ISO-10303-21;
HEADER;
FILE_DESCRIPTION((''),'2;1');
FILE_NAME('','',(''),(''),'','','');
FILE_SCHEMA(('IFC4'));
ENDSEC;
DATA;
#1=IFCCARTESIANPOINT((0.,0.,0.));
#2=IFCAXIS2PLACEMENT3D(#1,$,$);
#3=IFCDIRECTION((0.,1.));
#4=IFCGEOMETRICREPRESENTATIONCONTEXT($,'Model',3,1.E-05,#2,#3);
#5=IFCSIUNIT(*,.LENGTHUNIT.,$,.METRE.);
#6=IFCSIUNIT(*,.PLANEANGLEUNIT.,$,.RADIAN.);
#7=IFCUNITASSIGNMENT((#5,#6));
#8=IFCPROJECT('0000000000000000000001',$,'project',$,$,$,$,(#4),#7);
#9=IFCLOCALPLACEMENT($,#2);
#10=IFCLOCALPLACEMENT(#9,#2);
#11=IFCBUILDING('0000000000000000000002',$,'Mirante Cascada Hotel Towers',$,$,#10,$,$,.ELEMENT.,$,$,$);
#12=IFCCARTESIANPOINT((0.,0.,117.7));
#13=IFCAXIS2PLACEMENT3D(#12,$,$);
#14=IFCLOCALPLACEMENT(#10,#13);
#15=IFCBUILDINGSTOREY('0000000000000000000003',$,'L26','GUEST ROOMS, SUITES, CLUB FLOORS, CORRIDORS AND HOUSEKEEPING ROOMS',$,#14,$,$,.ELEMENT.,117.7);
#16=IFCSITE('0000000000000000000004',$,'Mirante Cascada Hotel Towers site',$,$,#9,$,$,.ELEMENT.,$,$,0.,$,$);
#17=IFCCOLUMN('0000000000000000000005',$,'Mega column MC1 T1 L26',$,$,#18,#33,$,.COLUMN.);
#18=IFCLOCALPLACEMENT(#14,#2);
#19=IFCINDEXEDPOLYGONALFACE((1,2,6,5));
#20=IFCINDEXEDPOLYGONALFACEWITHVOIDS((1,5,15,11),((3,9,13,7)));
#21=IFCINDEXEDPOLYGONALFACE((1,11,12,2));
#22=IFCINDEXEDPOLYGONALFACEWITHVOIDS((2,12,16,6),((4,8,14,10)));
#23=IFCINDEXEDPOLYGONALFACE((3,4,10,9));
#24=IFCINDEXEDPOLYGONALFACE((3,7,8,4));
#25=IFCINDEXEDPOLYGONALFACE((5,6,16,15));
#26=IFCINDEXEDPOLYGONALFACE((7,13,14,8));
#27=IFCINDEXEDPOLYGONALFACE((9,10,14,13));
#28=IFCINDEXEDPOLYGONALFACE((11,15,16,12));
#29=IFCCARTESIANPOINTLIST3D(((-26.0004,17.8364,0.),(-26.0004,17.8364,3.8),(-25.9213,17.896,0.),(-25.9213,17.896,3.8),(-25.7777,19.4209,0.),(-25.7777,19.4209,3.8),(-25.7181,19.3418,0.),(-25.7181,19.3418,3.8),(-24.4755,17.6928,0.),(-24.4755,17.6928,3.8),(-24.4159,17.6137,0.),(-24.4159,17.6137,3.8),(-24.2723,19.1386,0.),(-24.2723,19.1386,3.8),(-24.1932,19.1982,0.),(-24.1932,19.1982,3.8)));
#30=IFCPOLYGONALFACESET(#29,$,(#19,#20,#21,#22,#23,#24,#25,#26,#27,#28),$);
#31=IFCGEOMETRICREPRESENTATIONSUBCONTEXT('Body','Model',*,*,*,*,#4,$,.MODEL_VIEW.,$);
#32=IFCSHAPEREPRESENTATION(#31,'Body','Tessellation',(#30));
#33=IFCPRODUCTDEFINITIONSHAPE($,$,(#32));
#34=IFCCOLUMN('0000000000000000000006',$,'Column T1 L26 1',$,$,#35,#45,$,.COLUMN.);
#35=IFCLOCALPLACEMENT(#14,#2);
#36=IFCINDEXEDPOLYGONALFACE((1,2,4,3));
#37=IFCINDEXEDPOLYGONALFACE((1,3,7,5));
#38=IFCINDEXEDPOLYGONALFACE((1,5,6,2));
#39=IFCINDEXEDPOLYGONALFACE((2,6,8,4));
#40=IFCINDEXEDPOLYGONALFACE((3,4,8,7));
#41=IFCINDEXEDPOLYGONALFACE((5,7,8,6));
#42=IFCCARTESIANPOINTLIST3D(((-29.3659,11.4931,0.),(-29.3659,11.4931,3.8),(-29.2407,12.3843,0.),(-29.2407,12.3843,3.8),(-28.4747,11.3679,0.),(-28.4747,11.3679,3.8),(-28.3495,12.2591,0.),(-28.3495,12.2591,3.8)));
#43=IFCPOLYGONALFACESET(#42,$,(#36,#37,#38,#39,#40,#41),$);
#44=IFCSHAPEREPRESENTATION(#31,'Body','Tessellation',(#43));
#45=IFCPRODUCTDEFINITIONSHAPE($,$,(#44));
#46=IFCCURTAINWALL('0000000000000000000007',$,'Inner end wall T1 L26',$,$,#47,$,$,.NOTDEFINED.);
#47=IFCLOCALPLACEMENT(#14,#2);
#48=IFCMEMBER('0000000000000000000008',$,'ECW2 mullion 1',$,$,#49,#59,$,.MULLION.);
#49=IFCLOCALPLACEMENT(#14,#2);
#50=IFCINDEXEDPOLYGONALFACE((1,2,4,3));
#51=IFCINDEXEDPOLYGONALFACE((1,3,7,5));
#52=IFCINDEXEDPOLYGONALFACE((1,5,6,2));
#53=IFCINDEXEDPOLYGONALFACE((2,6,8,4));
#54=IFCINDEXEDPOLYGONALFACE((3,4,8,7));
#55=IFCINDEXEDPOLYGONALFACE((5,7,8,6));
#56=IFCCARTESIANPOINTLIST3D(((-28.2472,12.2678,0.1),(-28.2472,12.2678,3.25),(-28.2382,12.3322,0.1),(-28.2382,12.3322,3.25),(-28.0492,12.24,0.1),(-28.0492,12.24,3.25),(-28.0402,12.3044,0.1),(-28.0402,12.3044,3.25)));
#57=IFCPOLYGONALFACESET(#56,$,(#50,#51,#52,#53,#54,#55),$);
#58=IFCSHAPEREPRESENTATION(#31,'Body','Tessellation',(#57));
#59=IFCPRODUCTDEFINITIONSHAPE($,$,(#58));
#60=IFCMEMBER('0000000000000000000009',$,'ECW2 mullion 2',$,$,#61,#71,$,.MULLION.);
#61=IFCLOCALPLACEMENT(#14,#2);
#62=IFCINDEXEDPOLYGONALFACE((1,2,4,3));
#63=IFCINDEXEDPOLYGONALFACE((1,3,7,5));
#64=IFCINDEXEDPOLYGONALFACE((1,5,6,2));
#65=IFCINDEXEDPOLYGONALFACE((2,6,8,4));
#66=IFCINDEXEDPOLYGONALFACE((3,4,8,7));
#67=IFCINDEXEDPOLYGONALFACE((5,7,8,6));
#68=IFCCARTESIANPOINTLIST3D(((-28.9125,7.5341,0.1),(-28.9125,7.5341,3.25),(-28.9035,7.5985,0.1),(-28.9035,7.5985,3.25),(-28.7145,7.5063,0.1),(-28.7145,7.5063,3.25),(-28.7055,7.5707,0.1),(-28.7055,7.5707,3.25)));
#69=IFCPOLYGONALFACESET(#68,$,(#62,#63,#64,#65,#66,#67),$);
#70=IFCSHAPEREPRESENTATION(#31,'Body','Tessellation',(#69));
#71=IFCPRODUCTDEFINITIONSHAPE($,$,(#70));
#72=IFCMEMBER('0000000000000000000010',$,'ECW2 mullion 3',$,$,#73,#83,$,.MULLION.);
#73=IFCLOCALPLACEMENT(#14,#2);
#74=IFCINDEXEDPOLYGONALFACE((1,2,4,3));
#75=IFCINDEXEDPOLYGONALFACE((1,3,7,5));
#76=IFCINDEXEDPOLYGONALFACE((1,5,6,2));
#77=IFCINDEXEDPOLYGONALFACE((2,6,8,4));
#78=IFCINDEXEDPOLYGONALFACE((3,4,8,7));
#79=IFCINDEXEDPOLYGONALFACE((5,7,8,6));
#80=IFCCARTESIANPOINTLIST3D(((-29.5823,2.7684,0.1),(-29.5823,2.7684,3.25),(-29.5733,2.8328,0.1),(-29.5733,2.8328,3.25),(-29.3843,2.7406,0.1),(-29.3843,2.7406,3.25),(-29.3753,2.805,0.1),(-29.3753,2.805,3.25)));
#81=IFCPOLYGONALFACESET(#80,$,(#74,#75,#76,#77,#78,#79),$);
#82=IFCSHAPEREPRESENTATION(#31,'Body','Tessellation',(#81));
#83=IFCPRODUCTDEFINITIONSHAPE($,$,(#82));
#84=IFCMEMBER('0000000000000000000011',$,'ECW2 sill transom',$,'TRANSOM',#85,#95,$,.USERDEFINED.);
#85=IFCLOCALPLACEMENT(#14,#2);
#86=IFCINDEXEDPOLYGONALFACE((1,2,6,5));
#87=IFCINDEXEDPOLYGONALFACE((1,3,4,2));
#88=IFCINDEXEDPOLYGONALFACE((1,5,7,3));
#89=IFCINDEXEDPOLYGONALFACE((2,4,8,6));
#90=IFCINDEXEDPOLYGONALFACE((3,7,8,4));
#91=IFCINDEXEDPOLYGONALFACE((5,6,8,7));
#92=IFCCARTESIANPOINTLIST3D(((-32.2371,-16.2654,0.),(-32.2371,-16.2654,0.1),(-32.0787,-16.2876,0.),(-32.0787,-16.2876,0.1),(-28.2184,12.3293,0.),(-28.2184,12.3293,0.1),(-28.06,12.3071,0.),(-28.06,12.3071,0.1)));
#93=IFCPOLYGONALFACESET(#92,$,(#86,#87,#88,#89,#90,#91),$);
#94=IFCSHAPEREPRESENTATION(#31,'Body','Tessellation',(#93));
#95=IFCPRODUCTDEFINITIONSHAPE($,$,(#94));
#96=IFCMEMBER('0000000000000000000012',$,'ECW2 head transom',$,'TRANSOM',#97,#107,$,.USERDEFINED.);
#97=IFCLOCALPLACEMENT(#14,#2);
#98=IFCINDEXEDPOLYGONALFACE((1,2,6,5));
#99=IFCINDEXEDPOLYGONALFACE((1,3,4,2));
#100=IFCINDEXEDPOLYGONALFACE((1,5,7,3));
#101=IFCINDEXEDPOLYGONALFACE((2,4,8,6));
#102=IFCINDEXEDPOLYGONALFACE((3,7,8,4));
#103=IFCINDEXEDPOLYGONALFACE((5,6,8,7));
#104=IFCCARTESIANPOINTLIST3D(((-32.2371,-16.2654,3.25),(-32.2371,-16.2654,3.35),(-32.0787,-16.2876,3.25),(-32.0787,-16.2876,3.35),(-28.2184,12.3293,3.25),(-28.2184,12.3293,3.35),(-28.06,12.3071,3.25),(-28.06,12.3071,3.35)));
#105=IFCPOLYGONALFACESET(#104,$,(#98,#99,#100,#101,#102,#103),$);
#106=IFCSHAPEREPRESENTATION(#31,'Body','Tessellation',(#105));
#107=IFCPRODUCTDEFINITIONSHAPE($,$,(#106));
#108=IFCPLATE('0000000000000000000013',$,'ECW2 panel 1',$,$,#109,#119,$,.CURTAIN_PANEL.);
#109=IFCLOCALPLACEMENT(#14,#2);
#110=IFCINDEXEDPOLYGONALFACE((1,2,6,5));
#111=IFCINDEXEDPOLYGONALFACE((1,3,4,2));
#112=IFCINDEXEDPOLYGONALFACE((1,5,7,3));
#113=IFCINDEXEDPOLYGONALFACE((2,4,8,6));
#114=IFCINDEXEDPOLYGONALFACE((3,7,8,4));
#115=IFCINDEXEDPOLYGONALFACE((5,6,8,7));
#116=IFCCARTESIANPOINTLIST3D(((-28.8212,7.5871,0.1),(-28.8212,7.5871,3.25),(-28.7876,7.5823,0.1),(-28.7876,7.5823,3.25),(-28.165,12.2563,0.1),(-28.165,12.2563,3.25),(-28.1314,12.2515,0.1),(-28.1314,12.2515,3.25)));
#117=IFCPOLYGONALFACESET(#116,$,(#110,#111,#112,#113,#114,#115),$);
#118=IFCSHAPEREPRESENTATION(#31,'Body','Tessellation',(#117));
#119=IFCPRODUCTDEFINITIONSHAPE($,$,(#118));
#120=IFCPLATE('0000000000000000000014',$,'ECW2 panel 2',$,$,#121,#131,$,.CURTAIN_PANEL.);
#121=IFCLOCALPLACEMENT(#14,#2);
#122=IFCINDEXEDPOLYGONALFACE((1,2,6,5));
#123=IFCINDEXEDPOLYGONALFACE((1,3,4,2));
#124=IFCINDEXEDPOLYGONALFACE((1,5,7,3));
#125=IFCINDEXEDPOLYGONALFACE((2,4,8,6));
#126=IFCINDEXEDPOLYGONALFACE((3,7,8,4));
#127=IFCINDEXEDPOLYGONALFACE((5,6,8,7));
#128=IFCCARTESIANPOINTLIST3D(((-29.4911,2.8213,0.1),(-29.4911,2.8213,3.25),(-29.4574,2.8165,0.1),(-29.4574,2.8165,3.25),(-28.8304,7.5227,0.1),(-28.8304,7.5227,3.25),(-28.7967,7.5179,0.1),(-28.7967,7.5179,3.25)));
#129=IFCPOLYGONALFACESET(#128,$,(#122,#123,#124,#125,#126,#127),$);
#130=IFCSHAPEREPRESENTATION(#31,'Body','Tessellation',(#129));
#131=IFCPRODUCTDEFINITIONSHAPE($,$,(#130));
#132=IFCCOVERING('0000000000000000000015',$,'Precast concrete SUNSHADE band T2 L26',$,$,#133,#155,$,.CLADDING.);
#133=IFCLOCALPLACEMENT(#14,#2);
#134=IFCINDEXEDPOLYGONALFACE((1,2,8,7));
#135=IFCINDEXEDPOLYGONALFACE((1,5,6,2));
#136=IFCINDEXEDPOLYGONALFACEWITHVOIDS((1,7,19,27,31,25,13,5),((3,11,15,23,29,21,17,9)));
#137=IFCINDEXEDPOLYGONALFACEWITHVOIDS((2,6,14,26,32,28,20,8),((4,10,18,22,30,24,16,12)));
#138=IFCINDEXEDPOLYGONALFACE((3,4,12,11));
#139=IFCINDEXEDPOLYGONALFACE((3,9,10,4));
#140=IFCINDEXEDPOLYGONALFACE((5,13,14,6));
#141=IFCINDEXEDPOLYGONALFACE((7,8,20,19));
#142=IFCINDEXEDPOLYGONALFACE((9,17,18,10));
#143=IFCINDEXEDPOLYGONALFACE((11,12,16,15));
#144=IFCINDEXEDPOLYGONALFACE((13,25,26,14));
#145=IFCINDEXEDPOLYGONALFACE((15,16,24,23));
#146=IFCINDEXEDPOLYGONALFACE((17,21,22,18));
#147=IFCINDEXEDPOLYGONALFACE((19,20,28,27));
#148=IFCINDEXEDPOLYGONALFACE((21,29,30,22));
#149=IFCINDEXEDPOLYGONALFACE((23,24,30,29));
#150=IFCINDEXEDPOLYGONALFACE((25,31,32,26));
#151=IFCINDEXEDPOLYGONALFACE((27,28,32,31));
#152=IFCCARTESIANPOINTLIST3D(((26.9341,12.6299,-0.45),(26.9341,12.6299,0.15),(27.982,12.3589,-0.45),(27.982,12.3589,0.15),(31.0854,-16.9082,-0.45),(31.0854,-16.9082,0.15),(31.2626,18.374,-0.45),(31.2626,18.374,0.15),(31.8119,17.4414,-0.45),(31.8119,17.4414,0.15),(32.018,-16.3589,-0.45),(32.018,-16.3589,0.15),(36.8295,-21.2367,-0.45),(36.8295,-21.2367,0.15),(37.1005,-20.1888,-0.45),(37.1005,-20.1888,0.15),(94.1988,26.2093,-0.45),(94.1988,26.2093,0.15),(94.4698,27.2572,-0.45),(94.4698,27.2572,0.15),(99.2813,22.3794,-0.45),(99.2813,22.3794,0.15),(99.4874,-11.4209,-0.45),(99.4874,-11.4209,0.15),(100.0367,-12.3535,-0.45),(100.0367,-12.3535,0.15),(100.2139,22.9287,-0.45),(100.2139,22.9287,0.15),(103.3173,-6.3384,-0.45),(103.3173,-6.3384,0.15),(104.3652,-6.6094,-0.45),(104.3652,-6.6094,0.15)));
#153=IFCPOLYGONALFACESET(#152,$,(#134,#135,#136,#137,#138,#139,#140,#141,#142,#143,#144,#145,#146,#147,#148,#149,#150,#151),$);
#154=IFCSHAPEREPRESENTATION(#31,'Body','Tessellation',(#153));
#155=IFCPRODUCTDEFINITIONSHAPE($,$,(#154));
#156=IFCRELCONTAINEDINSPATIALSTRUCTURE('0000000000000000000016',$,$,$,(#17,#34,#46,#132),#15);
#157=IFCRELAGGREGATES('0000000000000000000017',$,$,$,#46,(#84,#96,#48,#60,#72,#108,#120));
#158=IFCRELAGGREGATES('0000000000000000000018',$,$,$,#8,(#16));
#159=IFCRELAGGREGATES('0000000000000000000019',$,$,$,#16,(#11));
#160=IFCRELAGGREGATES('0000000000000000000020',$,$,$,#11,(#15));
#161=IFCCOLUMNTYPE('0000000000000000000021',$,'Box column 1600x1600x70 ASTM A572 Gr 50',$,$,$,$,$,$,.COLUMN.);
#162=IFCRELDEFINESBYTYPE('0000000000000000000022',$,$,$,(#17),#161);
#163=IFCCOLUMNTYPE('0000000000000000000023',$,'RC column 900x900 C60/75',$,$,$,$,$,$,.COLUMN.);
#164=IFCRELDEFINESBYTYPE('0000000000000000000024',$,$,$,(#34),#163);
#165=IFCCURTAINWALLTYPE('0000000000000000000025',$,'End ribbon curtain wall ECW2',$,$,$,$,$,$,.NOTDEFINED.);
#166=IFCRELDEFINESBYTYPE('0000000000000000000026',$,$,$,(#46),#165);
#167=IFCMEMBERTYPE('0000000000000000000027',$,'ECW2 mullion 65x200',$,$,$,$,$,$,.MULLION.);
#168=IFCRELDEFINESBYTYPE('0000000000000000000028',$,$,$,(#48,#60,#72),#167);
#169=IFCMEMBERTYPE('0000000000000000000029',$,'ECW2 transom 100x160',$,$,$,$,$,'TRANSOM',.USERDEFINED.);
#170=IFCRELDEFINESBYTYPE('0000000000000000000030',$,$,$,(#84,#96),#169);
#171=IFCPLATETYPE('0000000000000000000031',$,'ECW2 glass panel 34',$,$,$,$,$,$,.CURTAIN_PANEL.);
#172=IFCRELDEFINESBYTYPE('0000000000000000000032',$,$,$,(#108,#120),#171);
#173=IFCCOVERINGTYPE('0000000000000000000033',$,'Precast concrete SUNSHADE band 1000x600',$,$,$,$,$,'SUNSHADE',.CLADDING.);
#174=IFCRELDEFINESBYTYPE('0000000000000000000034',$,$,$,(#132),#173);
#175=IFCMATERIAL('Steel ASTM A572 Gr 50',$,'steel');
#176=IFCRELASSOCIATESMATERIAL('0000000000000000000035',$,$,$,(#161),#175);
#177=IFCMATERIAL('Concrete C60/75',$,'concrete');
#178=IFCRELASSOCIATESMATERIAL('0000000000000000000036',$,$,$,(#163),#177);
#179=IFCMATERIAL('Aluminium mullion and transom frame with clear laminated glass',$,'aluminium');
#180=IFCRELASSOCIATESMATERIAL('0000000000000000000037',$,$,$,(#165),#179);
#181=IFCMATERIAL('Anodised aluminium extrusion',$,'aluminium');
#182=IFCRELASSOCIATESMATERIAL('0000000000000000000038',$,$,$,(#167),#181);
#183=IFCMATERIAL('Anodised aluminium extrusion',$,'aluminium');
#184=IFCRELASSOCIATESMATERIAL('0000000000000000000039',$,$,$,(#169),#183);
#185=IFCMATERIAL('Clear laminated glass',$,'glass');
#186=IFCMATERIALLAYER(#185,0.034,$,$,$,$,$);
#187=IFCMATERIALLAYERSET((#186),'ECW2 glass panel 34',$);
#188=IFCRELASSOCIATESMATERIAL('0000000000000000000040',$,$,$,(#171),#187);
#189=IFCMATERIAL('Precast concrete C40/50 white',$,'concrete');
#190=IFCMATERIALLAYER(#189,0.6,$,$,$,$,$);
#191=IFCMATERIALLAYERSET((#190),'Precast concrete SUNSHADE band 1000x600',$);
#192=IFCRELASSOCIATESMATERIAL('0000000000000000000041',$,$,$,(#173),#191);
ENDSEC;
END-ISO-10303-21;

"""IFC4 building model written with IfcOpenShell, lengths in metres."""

from ifc_helpers import new_model, si_unit, direction, frame, origin, origin_2d, place, context, subcontext, project, spatial, polyline, rectangle, hollow_rectangle, outline, extrude, material, layer, layer_set, material_profile, profile_set, type_object, element, aggregate, save


model = new_model("IFC4")

# Units and contexts
model_context = context("Model", 3, precision=1e-05, world=origin(), true_north=direction((0.0, 1.0)))
body_context = subcontext(model_context, "Body", "Model", "MODEL_VIEW")
ifc_project = project(units=[si_unit("LENGTHUNIT", "METRE"), si_unit("PLANEANGLEUNIT", "RADIAN")], contexts=[model_context])

# Site, building, storey
site_placement = place(None, origin())
site = spatial("IfcSite", under=ifc_project, at=site_placement, Name="Mirante Cascada Hotel Towers site", CompositionType="ELEMENT", RefElevation=0.0)
building_placement = place(site_placement, origin())
building = spatial("IfcBuilding", under=site, at=building_placement, Name="Mirante Cascada Hotel Towers", CompositionType="ELEMENT")
storey_placement = place(building_placement, frame((0.0, 0.0, 117.7)))
storey = spatial("IfcBuildingStorey", under=building, at=storey_placement, Name="L26", Description="GUEST ROOMS, SUITES, CLUB FLOORS, CORRIDORS AND HOUSEKEEPING ROOMS", CompositionType="ELEMENT", Elevation=117.7)

# Columns
ifc_material_1 = material(Name="Steel ASTM A572 Gr 50", Category="steel")
ifc_material_profile_1 = material_profile(ifc_material_1, hollow_rectangle(XDim=1.6, YDim=1.6, WallThickness=0.07, at=origin_2d()), Name="Box column 1600x1600x70 ASTM A572 Gr 50")
ifc_profile_set_1 = profile_set([ifc_material_profile_1], Name="Steel ASTM A572 Gr 50")
column_type_1 = type_object("IfcColumnType", Name="Box column 1600x1600x70 ASTM A572 Gr 50", PredefinedType="COLUMN", material=ifc_profile_set_1)
column_1_placement = place(storey_placement, frame((-25.0968, 18.5173, 0.0), z_axis=(0.0, 0.0, 1.0), x_axis=(-0.990268, 0.139173, 0.0)))
element("IfcColumn", 1, at=column_1_placement, inside=storey, type_object=column_type_1, Name="Mega column MC1 T1 L26", PredefinedType="COLUMN", context=body_context, shape_type="SweptSolid", body=[
    extrude(hollow_rectangle(XDim=1.6, YDim=1.6, WallThickness=0.07, at=origin_2d()), origin(), (0.0, 0.0, 1.0), 3.8),
])
ifc_material_2 = material(Name="Concrete C60/75", Category="concrete")
ifc_material_profile_2 = material_profile(ifc_material_2, rectangle(XDim=0.9, YDim=0.9, at=origin_2d()), Name="RC column 900x900 C60/75")
ifc_profile_set_2 = profile_set([ifc_material_profile_2], Name="Concrete C60/75")
column_type_2 = type_object("IfcColumnType", Name="RC column 900x900 C60/75", PredefinedType="COLUMN", material=ifc_profile_set_2)
column_2_placement = place(storey_placement, frame((-28.8577, 11.8761, 0.0), z_axis=(0.0, 0.0, 1.0), x_axis=(-0.990268, 0.139173, 0.0)))
element("IfcColumn", 2, at=column_2_placement, inside=storey, type_object=column_type_2, Name="Column T1 L26 1", PredefinedType="COLUMN", context=body_context, shape_type="SweptSolid", body=[
    extrude(rectangle(XDim=0.9, YDim=0.9, at=origin_2d()), origin(), (0.0, 0.0, 1.0), 3.8),
])

# Curtain wall, members, plates
ifc_material_3 = material(Name="Aluminium mullion and transom frame with clear laminated glass", Category="aluminium")
curtain_wall_type = type_object("IfcCurtainWallType", Name="End ribbon curtain wall ECW2", PredefinedType="NOTDEFINED", material=ifc_material_3)
curtain_wall_placement = place(storey_placement, origin())
curtain_wall = element("IfcCurtainWall", 3, at=curtain_wall_placement, inside=storey, type_object=curtain_wall_type, Name="Inner end wall T1 L26", PredefinedType="NOTDEFINED")
ifc_material_4 = material(Name="Anodised aluminium extrusion", Category="aluminium")
ifc_material_profile_3 = material_profile(ifc_material_4, rectangle(XDim=0.2, YDim=0.065, at=origin_2d()), Name="ECW2 MULLION 65x200")
ifc_profile_set_3 = profile_set([ifc_material_profile_3], Name="Anodised aluminium extrusion")
member_type_1 = type_object("IfcMemberType", Name="ECW2 mullion 65x200", PredefinedType="MULLION", material=ifc_profile_set_3)
member_1_placement = place(storey_placement, frame((-28.1437, 12.2861, 0.1), z_axis=(0.0, 0.0, 1.0), x_axis=(0.990268, -0.139173, 0.0)))
member_1 = element("IfcMember", 4, at=member_1_placement, type_object=member_type_1, Name="ECW2 mullion 1", PredefinedType="MULLION", context=body_context, shape_type="SweptSolid", body=[
    extrude(rectangle(XDim=0.2, YDim=0.065, at=origin_2d()), origin(), (0.0, 0.0, 1.0), 3.15),
])
member_2_placement = place(storey_placement, frame((-28.809, 7.5524, 0.1), z_axis=(0.0, 0.0, 1.0), x_axis=(0.990268, -0.139173, 0.0)))
member_2 = element("IfcMember", 5, at=member_2_placement, type_object=member_type_1, Name="ECW2 mullion 2", PredefinedType="MULLION", context=body_context, shape_type="SweptSolid", body=[
    extrude(rectangle(XDim=0.2, YDim=0.065, at=origin_2d()), origin(), (0.0, 0.0, 1.0), 3.15),
])
member_3_placement = place(storey_placement, frame((-29.4788, 2.7867, 0.1), z_axis=(0.0, 0.0, 1.0), x_axis=(0.990268, -0.139173, 0.0)))
member_3 = element("IfcMember", 6, at=member_3_placement, type_object=member_type_1, Name="ECW2 mullion 3", PredefinedType="MULLION", context=body_context, shape_type="SweptSolid", body=[
    extrude(rectangle(XDim=0.2, YDim=0.065, at=origin_2d()), origin(), (0.0, 0.0, 1.0), 3.15),
])
ifc_material_5 = material(Name="Anodised aluminium extrusion", Category="aluminium")
ifc_material_profile_4 = material_profile(ifc_material_5, rectangle(XDim=0.16, YDim=0.1, at=origin_2d()), Name="ECW2 TRANSOM 100x160")
ifc_profile_set_4 = profile_set([ifc_material_profile_4], Name="Anodised aluminium extrusion")
member_type_2 = type_object("IfcMemberType", Name="ECW2 transom 100x160", ElementType="TRANSOM", PredefinedType="USERDEFINED", material=ifc_profile_set_4)
member_4_placement = place(storey_placement, frame((-28.1392, 12.3182, 0.05), z_axis=(-0.139172, -0.990268, 0.0), x_axis=(0.990268, -0.139172, 0.0)))
member_4 = element("IfcMember", 7, at=member_4_placement, type_object=member_type_2, Name="ECW2 sill transom", ObjectType="TRANSOM", PredefinedType="USERDEFINED", context=body_context, shape_type="SweptSolid", body=[
    extrude(rectangle(XDim=0.16, YDim=0.1, at=origin_2d()), origin(), (0.0, 0.0, 1.0), 28.8757),
])
member_5_placement = place(storey_placement, frame((-28.1392, 12.3182, 3.3), z_axis=(-0.139172, -0.990268, 0.0), x_axis=(0.990268, -0.139172, 0.0)))
member_5 = element("IfcMember", 8, at=member_5_placement, type_object=member_type_2, Name="ECW2 head transom", ObjectType="TRANSOM", PredefinedType="USERDEFINED", context=body_context, shape_type="SweptSolid", body=[
    extrude(rectangle(XDim=0.16, YDim=0.1, at=origin_2d()), origin(), (0.0, 0.0, 1.0), 28.8757),
])
ifc_material_6 = material(Name="Clear laminated glass", Category="glass")
ifc_layer_1 = layer(ifc_material_6, 0.034)
ifc_layer_set_1 = layer_set([ifc_layer_1], Name="ECW2 glass panel 34")
plate_type = type_object("IfcPlateType", Name="ECW2 glass panel 34", PredefinedType="CURTAIN_PANEL", material=ifc_layer_set_1)
plate_1_placement = place(storey_placement, frame((-28.4763, 9.9193, 0.1), z_axis=(0.0, 0.0, 1.0), x_axis=(-0.139173, -0.990268, 0.0)))
plate_1 = element("IfcPlate", 9, at=plate_1_placement, type_object=plate_type, Name="ECW2 panel 1", PredefinedType="CURTAIN_PANEL", context=body_context, shape_type="SweptSolid", body=[
    extrude(rectangle(XDim=4.7151, YDim=0.034, at=origin_2d()), origin(), (0.0, 0.0, 1.0), 3.15),
])
plate_2_placement = place(storey_placement, frame((-29.1439, 5.1696, 0.1), z_axis=(0.0, 0.0, 1.0), x_axis=(-0.139173, -0.990268, 0.0)))
plate_2 = element("IfcPlate", 10, at=plate_2_placement, type_object=plate_type, Name="ECW2 panel 2", PredefinedType="CURTAIN_PANEL", context=body_context, shape_type="SweptSolid", body=[
    extrude(rectangle(XDim=4.7476, YDim=0.034, at=origin_2d()), origin(), (0.0, 0.0, 1.0), 3.15),
])
aggregate(curtain_wall, [member_4, member_5, member_1, member_2, member_3, plate_1, plate_2])

# Covering
ifc_material_7 = material(Name="Precast concrete C40/50 white", Category="concrete")
ifc_layer_2 = layer(ifc_material_7, 0.6)
ifc_layer_set_2 = layer_set([ifc_layer_2], Name="Precast concrete SUNSHADE band 1000x600")
covering_type = type_object("IfcCoveringType", Name="Precast concrete SUNSHADE band 1000x600", ElementType="SUNSHADE", PredefinedType="CLADDING", material=ifc_layer_set_2)
covering_placement = place(storey_placement, frame((0.0, 0.0, -0.45)))
element("IfcCovering", 11, at=covering_placement, inside=storey, type_object=covering_type, Name="Precast concrete SUNSHADE band T2 L26", PredefinedType="CLADDING", context=body_context, shape_type="SweptSolid", body=[
    extrude(outline(polyline([(26.9341, 12.6299), (31.2626, 18.374), (94.4698, 27.2572), (100.2139, 22.9287), (104.3652, -6.6094), (100.0367, -12.3535), (36.8295, -21.2367), (31.0854, -16.9082), (26.9341, 12.6299)]), holes=[polyline([(103.3173, -6.3384), (99.2813, 22.3794), (94.1988, 26.2093), (31.8119, 17.4414), (27.982, 12.3589), (32.018, -16.3589), (37.1005, -20.1888), (99.4874, -11.4209), (103.3173, -6.3384)])]), origin(), (0.0, 0.0, 1.0), 0.6),
])

save(model, "model.ifc")
